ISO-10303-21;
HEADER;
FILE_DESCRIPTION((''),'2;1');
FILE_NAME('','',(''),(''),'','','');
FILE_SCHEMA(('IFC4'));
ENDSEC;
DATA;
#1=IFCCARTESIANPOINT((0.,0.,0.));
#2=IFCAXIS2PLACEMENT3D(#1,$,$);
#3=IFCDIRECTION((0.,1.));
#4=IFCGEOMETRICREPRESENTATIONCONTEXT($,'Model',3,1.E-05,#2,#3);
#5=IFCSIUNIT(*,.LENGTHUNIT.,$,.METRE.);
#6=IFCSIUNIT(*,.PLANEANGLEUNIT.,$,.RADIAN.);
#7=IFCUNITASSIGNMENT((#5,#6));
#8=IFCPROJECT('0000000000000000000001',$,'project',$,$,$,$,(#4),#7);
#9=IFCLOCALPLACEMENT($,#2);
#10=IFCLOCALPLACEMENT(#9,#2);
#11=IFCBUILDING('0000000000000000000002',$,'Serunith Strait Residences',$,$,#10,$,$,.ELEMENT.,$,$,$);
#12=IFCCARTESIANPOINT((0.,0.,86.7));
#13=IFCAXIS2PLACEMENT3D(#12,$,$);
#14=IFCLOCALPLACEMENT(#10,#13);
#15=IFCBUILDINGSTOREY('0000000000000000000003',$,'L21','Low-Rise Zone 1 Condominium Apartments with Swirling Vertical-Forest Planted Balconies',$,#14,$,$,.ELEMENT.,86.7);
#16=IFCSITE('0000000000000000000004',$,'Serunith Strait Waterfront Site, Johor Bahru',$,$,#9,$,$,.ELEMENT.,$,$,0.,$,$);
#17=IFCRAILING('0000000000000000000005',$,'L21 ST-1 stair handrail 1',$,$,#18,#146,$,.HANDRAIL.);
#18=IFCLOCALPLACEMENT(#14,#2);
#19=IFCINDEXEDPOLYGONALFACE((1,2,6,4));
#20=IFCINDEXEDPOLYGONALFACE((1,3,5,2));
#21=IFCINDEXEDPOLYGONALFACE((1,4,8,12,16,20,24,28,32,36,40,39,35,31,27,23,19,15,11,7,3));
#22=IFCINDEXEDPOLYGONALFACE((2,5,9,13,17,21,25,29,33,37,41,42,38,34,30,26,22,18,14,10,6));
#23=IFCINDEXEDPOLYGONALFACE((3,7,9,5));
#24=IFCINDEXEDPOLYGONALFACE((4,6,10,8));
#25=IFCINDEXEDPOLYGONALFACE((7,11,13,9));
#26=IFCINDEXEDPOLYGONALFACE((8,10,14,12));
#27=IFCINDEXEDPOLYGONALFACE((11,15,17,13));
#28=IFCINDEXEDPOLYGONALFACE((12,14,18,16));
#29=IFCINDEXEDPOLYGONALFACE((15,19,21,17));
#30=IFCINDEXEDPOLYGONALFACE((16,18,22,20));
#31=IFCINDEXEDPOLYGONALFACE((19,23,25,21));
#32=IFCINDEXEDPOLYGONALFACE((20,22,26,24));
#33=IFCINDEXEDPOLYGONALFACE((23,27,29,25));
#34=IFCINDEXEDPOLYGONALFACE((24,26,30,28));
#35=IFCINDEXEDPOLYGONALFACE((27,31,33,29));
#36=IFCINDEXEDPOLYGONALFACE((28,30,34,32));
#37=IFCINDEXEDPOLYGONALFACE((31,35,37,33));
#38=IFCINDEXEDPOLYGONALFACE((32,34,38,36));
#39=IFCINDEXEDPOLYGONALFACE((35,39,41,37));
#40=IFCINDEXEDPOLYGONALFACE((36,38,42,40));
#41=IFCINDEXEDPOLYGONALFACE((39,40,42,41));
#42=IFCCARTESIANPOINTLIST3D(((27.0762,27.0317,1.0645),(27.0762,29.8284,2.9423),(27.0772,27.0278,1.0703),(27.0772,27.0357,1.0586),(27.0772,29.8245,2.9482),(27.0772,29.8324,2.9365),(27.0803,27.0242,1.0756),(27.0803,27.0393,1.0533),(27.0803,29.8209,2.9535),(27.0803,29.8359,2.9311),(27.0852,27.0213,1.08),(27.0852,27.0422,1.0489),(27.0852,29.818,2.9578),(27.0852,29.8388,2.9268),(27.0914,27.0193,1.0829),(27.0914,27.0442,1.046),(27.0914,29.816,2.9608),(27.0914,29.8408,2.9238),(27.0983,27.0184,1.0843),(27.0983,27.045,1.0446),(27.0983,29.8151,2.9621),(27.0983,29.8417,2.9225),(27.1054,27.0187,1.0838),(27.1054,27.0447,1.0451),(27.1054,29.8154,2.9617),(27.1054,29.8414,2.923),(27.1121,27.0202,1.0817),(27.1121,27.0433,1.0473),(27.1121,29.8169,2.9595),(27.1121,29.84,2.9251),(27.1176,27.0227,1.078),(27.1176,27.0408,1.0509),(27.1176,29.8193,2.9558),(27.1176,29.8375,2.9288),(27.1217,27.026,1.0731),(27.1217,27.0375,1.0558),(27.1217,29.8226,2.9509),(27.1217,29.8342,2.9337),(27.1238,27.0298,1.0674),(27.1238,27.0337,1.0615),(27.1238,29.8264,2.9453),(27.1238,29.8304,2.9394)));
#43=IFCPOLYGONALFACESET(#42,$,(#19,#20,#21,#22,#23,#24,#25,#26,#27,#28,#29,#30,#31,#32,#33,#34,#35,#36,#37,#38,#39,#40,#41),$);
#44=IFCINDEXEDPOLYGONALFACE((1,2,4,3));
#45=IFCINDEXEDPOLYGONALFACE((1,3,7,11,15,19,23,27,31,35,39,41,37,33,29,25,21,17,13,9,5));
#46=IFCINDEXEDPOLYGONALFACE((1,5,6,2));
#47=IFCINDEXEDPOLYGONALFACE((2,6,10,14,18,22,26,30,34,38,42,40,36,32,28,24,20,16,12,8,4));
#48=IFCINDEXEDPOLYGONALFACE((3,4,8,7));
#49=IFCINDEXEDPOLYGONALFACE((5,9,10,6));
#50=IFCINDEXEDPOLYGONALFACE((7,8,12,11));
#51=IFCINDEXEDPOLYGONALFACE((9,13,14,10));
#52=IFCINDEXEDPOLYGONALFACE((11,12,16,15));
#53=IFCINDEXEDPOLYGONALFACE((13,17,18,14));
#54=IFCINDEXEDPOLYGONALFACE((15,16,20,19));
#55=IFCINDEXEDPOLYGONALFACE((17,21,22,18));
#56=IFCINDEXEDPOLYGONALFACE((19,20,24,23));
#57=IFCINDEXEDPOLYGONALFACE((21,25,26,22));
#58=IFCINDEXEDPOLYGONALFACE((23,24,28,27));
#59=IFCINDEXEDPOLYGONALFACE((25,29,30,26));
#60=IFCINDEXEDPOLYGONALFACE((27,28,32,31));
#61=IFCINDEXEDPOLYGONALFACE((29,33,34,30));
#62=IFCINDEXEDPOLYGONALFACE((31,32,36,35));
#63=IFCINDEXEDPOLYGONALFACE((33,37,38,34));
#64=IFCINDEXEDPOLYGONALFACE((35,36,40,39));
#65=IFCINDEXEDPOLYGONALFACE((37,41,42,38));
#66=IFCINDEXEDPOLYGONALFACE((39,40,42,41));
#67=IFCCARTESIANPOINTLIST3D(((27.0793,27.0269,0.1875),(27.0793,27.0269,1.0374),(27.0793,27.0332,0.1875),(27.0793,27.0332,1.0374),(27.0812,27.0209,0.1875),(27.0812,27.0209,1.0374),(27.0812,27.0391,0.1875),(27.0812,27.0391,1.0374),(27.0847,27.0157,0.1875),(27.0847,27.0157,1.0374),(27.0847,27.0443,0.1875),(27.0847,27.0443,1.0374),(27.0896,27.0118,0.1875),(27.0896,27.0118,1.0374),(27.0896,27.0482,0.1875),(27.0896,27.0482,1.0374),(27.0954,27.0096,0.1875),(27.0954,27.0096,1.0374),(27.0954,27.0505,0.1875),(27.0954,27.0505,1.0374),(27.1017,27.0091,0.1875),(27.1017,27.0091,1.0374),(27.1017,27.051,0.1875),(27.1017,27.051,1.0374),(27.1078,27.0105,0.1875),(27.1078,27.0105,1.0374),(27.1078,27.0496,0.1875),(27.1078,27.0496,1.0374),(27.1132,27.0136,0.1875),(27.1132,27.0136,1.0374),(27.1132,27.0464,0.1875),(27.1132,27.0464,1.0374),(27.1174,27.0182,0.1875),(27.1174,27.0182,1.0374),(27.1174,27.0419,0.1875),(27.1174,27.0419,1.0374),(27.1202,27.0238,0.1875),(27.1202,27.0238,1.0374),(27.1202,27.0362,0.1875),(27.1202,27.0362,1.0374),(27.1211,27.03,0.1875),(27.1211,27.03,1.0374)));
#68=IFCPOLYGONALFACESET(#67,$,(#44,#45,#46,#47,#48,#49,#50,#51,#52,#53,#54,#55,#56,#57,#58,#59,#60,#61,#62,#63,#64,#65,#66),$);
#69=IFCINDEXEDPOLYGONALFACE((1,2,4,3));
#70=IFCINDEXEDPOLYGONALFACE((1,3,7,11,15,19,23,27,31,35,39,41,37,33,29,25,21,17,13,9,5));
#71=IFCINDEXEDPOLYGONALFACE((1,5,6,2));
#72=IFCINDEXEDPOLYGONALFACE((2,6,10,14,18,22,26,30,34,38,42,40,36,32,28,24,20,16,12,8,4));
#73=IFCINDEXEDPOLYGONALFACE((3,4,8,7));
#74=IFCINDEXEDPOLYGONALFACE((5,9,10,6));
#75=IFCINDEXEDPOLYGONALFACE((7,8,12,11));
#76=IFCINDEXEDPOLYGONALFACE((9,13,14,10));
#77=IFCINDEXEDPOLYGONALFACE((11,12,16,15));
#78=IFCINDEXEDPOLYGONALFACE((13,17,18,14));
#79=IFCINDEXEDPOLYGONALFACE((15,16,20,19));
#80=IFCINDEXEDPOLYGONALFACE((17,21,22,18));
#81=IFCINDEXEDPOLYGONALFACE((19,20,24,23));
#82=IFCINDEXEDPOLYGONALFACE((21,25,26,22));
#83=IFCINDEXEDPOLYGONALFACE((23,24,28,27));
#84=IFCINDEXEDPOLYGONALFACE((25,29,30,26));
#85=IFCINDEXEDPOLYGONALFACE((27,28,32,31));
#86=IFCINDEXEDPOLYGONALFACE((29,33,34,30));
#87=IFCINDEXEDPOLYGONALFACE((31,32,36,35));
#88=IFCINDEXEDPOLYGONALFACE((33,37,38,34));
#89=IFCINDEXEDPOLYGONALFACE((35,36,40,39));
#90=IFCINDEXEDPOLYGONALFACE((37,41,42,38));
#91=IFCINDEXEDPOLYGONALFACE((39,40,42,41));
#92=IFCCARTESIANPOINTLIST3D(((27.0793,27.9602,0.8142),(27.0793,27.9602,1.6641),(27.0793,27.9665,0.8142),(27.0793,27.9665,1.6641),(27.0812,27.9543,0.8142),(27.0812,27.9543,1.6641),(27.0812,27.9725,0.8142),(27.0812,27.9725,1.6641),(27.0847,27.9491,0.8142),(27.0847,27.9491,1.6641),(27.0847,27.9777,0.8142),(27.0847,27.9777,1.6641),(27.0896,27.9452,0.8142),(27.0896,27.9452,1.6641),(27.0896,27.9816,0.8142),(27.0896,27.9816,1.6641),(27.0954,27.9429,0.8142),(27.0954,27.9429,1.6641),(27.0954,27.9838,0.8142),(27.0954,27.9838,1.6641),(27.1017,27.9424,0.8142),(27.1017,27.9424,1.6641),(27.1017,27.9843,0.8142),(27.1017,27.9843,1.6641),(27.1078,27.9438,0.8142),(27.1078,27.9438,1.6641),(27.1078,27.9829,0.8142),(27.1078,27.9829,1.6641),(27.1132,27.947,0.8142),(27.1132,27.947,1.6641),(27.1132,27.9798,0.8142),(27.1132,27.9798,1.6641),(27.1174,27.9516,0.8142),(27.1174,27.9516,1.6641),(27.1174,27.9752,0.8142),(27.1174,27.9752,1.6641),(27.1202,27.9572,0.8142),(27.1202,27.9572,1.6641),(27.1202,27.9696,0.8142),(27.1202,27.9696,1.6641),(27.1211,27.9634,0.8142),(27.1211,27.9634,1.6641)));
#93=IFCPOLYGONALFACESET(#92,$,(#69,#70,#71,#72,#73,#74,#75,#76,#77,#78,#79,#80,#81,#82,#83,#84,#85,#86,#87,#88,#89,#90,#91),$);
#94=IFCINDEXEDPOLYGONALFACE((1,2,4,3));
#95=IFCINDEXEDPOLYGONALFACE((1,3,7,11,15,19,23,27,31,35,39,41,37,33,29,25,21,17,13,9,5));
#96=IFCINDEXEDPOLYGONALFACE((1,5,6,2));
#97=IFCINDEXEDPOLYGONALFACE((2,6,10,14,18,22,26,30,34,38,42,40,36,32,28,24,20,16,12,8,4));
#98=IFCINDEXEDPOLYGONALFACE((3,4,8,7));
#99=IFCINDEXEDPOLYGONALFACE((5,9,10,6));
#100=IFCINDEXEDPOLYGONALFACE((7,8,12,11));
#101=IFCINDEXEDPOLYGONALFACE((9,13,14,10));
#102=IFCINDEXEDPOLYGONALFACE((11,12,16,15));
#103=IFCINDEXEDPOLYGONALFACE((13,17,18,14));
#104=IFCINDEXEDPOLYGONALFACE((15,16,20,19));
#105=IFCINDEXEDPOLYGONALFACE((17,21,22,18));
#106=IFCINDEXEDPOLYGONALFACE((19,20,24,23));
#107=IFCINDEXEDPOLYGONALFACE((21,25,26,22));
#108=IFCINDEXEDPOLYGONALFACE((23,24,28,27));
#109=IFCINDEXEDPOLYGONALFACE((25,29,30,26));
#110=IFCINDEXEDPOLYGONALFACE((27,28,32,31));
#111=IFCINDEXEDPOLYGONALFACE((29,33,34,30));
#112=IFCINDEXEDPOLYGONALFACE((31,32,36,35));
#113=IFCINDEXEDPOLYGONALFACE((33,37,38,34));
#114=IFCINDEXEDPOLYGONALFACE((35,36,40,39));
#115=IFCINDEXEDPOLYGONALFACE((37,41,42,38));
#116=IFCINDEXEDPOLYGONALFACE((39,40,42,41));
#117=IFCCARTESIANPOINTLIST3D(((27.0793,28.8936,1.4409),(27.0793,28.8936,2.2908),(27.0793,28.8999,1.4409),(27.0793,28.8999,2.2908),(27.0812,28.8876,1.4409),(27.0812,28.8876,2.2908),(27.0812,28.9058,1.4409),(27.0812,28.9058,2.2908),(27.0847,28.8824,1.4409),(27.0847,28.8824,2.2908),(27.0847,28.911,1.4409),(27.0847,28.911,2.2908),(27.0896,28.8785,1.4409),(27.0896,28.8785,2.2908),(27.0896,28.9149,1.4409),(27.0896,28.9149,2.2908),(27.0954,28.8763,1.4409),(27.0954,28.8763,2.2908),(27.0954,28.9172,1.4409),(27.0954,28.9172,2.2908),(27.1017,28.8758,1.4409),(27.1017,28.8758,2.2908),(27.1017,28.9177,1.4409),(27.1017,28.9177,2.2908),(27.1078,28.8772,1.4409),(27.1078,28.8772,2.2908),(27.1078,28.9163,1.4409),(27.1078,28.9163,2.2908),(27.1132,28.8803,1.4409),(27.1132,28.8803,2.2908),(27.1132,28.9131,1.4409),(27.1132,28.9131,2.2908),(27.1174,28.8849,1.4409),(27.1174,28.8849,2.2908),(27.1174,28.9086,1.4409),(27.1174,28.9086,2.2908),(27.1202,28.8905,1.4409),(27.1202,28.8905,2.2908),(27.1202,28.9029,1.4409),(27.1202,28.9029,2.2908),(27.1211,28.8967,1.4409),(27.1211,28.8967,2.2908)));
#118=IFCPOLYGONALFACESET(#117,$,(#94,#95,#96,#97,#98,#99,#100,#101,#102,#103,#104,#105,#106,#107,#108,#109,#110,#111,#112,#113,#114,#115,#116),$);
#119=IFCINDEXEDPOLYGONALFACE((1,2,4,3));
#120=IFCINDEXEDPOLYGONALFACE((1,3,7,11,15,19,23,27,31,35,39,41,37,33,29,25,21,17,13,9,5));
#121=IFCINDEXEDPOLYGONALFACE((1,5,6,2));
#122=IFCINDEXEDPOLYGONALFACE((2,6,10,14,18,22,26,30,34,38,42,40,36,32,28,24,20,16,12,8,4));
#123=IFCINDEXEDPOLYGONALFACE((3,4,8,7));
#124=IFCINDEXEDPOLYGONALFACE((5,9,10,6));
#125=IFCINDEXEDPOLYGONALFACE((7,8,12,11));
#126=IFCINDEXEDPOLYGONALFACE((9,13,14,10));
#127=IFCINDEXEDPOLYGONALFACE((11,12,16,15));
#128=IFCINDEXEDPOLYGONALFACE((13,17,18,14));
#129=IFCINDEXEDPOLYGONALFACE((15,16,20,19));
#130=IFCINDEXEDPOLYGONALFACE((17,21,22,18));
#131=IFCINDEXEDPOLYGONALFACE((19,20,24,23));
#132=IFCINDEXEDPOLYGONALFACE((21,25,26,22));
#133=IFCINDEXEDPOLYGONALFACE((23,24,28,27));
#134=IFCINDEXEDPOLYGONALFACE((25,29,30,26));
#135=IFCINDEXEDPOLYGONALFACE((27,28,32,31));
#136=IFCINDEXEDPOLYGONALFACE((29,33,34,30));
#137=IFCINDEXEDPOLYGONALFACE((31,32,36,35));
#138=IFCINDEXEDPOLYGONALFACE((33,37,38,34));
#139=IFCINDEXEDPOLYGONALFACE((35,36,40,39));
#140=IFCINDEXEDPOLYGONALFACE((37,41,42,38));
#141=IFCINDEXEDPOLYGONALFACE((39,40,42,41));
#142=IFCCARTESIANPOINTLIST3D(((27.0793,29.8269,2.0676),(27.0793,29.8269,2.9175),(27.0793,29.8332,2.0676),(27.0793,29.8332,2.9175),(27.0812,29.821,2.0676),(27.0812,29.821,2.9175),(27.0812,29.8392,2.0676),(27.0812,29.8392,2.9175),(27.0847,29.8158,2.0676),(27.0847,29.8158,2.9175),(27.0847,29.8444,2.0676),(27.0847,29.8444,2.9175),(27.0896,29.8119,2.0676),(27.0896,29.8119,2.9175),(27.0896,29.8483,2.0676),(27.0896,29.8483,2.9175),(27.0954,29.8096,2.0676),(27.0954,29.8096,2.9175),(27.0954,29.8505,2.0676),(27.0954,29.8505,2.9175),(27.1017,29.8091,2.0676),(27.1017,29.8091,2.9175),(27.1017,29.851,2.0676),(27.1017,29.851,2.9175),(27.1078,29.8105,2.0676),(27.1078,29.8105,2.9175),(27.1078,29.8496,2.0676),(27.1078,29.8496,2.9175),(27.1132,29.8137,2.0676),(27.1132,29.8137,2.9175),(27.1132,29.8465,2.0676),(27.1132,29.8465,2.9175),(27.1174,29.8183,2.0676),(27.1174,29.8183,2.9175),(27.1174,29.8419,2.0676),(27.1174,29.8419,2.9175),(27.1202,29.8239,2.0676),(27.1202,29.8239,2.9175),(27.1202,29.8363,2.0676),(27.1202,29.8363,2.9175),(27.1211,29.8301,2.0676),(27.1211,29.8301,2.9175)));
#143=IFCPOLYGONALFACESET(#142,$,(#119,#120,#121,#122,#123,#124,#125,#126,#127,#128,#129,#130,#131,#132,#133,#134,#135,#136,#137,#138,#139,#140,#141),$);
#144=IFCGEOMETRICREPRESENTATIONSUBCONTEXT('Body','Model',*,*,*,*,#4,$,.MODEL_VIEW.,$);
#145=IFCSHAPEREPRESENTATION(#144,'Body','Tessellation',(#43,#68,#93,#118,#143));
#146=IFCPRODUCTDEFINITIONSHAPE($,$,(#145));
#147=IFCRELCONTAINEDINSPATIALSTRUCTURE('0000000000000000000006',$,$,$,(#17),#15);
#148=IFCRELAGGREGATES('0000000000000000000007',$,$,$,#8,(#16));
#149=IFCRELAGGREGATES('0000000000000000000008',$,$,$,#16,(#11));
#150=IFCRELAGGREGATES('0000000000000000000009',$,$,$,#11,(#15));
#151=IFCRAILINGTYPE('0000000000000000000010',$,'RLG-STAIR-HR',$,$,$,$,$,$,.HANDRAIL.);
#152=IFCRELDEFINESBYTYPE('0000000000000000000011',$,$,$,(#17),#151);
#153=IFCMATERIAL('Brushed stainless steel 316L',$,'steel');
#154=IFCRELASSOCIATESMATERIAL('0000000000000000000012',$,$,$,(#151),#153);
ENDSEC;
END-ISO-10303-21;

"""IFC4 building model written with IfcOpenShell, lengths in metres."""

from ifc_helpers import new_model, si_unit, direction, frame, origin, origin_2d, place, context, subcontext, project, spatial, circle, extrude, material, type_object, element, save


model = new_model("IFC4")

# Units and contexts
model_context = context("Model", 3, precision=1e-05, world=origin(), true_north=direction((0.0, 1.0)))
body_context = subcontext(model_context, "Body", "Model", "MODEL_VIEW")
ifc_project = project(units=[si_unit("LENGTHUNIT", "METRE"), si_unit("PLANEANGLEUNIT", "RADIAN")], contexts=[model_context])

# Site, building, storey
site_placement = place(None, origin())
site = spatial("IfcSite", under=ifc_project, at=site_placement, Name="Serunith Strait Waterfront Site, Johor Bahru", CompositionType="ELEMENT", RefElevation=0.0)
building_placement = place(site_placement, origin())
building = spatial("IfcBuilding", under=site, at=building_placement, Name="Serunith Strait Residences", CompositionType="ELEMENT")
storey_placement = place(building_placement, frame((0.0, 0.0, 86.7)))
storey = spatial("IfcBuildingStorey", under=building, at=storey_placement, Name="L21", Description="Low-Rise Zone 1 Condominium Apartments with Swirling Vertical-Forest Planted Balconies", CompositionType="ELEMENT", Elevation=86.7)

# Railing
ifc_material_1 = material(Name="Brushed stainless steel 316L", Category="steel")
railing_type_1 = type_object("IfcRailingType", Name="RLG-STAIR-HR", PredefinedType="HANDRAIL", material=ifc_material_1)
railing_1_placement = place(storey_placement, frame((27.1001, 27.03, 0.1875)))
element("IfcRailing", 1, at=railing_1_placement, inside=storey, type_object=railing_type_1, Name="L21 ST-1 stair handrail 1", PredefinedType="HANDRAIL", context=body_context, shape_type="SweptSolid", body=[
    extrude(circle(Radius=0.0239, at=origin_2d()), frame((0.0, 0.0017, 0.877), z_axis=(0.0, 0.830208, 0.557453), x_axis=(-1.0, 0.0, 0.0)), (0.0, 0.0, 1.0), 3.3687),
    extrude(circle(Radius=0.021, at=origin_2d()), origin(), (0.0, 0.0, 1.0), 0.8499),
    extrude(circle(Radius=0.021, at=origin_2d()), frame((0.0, 0.9333, 0.6267)), (0.0, 0.0, 1.0), 0.8499),
    extrude(circle(Radius=0.021, at=origin_2d()), frame((0.0, 1.8667, 1.2534)), (0.0, 0.0, 1.0), 0.8499),
    extrude(circle(Radius=0.021, at=origin_2d()), frame((0.0, 2.8, 1.8801)), (0.0, 0.0, 1.0), 0.8499),
])

save(model, "model.ifc")
